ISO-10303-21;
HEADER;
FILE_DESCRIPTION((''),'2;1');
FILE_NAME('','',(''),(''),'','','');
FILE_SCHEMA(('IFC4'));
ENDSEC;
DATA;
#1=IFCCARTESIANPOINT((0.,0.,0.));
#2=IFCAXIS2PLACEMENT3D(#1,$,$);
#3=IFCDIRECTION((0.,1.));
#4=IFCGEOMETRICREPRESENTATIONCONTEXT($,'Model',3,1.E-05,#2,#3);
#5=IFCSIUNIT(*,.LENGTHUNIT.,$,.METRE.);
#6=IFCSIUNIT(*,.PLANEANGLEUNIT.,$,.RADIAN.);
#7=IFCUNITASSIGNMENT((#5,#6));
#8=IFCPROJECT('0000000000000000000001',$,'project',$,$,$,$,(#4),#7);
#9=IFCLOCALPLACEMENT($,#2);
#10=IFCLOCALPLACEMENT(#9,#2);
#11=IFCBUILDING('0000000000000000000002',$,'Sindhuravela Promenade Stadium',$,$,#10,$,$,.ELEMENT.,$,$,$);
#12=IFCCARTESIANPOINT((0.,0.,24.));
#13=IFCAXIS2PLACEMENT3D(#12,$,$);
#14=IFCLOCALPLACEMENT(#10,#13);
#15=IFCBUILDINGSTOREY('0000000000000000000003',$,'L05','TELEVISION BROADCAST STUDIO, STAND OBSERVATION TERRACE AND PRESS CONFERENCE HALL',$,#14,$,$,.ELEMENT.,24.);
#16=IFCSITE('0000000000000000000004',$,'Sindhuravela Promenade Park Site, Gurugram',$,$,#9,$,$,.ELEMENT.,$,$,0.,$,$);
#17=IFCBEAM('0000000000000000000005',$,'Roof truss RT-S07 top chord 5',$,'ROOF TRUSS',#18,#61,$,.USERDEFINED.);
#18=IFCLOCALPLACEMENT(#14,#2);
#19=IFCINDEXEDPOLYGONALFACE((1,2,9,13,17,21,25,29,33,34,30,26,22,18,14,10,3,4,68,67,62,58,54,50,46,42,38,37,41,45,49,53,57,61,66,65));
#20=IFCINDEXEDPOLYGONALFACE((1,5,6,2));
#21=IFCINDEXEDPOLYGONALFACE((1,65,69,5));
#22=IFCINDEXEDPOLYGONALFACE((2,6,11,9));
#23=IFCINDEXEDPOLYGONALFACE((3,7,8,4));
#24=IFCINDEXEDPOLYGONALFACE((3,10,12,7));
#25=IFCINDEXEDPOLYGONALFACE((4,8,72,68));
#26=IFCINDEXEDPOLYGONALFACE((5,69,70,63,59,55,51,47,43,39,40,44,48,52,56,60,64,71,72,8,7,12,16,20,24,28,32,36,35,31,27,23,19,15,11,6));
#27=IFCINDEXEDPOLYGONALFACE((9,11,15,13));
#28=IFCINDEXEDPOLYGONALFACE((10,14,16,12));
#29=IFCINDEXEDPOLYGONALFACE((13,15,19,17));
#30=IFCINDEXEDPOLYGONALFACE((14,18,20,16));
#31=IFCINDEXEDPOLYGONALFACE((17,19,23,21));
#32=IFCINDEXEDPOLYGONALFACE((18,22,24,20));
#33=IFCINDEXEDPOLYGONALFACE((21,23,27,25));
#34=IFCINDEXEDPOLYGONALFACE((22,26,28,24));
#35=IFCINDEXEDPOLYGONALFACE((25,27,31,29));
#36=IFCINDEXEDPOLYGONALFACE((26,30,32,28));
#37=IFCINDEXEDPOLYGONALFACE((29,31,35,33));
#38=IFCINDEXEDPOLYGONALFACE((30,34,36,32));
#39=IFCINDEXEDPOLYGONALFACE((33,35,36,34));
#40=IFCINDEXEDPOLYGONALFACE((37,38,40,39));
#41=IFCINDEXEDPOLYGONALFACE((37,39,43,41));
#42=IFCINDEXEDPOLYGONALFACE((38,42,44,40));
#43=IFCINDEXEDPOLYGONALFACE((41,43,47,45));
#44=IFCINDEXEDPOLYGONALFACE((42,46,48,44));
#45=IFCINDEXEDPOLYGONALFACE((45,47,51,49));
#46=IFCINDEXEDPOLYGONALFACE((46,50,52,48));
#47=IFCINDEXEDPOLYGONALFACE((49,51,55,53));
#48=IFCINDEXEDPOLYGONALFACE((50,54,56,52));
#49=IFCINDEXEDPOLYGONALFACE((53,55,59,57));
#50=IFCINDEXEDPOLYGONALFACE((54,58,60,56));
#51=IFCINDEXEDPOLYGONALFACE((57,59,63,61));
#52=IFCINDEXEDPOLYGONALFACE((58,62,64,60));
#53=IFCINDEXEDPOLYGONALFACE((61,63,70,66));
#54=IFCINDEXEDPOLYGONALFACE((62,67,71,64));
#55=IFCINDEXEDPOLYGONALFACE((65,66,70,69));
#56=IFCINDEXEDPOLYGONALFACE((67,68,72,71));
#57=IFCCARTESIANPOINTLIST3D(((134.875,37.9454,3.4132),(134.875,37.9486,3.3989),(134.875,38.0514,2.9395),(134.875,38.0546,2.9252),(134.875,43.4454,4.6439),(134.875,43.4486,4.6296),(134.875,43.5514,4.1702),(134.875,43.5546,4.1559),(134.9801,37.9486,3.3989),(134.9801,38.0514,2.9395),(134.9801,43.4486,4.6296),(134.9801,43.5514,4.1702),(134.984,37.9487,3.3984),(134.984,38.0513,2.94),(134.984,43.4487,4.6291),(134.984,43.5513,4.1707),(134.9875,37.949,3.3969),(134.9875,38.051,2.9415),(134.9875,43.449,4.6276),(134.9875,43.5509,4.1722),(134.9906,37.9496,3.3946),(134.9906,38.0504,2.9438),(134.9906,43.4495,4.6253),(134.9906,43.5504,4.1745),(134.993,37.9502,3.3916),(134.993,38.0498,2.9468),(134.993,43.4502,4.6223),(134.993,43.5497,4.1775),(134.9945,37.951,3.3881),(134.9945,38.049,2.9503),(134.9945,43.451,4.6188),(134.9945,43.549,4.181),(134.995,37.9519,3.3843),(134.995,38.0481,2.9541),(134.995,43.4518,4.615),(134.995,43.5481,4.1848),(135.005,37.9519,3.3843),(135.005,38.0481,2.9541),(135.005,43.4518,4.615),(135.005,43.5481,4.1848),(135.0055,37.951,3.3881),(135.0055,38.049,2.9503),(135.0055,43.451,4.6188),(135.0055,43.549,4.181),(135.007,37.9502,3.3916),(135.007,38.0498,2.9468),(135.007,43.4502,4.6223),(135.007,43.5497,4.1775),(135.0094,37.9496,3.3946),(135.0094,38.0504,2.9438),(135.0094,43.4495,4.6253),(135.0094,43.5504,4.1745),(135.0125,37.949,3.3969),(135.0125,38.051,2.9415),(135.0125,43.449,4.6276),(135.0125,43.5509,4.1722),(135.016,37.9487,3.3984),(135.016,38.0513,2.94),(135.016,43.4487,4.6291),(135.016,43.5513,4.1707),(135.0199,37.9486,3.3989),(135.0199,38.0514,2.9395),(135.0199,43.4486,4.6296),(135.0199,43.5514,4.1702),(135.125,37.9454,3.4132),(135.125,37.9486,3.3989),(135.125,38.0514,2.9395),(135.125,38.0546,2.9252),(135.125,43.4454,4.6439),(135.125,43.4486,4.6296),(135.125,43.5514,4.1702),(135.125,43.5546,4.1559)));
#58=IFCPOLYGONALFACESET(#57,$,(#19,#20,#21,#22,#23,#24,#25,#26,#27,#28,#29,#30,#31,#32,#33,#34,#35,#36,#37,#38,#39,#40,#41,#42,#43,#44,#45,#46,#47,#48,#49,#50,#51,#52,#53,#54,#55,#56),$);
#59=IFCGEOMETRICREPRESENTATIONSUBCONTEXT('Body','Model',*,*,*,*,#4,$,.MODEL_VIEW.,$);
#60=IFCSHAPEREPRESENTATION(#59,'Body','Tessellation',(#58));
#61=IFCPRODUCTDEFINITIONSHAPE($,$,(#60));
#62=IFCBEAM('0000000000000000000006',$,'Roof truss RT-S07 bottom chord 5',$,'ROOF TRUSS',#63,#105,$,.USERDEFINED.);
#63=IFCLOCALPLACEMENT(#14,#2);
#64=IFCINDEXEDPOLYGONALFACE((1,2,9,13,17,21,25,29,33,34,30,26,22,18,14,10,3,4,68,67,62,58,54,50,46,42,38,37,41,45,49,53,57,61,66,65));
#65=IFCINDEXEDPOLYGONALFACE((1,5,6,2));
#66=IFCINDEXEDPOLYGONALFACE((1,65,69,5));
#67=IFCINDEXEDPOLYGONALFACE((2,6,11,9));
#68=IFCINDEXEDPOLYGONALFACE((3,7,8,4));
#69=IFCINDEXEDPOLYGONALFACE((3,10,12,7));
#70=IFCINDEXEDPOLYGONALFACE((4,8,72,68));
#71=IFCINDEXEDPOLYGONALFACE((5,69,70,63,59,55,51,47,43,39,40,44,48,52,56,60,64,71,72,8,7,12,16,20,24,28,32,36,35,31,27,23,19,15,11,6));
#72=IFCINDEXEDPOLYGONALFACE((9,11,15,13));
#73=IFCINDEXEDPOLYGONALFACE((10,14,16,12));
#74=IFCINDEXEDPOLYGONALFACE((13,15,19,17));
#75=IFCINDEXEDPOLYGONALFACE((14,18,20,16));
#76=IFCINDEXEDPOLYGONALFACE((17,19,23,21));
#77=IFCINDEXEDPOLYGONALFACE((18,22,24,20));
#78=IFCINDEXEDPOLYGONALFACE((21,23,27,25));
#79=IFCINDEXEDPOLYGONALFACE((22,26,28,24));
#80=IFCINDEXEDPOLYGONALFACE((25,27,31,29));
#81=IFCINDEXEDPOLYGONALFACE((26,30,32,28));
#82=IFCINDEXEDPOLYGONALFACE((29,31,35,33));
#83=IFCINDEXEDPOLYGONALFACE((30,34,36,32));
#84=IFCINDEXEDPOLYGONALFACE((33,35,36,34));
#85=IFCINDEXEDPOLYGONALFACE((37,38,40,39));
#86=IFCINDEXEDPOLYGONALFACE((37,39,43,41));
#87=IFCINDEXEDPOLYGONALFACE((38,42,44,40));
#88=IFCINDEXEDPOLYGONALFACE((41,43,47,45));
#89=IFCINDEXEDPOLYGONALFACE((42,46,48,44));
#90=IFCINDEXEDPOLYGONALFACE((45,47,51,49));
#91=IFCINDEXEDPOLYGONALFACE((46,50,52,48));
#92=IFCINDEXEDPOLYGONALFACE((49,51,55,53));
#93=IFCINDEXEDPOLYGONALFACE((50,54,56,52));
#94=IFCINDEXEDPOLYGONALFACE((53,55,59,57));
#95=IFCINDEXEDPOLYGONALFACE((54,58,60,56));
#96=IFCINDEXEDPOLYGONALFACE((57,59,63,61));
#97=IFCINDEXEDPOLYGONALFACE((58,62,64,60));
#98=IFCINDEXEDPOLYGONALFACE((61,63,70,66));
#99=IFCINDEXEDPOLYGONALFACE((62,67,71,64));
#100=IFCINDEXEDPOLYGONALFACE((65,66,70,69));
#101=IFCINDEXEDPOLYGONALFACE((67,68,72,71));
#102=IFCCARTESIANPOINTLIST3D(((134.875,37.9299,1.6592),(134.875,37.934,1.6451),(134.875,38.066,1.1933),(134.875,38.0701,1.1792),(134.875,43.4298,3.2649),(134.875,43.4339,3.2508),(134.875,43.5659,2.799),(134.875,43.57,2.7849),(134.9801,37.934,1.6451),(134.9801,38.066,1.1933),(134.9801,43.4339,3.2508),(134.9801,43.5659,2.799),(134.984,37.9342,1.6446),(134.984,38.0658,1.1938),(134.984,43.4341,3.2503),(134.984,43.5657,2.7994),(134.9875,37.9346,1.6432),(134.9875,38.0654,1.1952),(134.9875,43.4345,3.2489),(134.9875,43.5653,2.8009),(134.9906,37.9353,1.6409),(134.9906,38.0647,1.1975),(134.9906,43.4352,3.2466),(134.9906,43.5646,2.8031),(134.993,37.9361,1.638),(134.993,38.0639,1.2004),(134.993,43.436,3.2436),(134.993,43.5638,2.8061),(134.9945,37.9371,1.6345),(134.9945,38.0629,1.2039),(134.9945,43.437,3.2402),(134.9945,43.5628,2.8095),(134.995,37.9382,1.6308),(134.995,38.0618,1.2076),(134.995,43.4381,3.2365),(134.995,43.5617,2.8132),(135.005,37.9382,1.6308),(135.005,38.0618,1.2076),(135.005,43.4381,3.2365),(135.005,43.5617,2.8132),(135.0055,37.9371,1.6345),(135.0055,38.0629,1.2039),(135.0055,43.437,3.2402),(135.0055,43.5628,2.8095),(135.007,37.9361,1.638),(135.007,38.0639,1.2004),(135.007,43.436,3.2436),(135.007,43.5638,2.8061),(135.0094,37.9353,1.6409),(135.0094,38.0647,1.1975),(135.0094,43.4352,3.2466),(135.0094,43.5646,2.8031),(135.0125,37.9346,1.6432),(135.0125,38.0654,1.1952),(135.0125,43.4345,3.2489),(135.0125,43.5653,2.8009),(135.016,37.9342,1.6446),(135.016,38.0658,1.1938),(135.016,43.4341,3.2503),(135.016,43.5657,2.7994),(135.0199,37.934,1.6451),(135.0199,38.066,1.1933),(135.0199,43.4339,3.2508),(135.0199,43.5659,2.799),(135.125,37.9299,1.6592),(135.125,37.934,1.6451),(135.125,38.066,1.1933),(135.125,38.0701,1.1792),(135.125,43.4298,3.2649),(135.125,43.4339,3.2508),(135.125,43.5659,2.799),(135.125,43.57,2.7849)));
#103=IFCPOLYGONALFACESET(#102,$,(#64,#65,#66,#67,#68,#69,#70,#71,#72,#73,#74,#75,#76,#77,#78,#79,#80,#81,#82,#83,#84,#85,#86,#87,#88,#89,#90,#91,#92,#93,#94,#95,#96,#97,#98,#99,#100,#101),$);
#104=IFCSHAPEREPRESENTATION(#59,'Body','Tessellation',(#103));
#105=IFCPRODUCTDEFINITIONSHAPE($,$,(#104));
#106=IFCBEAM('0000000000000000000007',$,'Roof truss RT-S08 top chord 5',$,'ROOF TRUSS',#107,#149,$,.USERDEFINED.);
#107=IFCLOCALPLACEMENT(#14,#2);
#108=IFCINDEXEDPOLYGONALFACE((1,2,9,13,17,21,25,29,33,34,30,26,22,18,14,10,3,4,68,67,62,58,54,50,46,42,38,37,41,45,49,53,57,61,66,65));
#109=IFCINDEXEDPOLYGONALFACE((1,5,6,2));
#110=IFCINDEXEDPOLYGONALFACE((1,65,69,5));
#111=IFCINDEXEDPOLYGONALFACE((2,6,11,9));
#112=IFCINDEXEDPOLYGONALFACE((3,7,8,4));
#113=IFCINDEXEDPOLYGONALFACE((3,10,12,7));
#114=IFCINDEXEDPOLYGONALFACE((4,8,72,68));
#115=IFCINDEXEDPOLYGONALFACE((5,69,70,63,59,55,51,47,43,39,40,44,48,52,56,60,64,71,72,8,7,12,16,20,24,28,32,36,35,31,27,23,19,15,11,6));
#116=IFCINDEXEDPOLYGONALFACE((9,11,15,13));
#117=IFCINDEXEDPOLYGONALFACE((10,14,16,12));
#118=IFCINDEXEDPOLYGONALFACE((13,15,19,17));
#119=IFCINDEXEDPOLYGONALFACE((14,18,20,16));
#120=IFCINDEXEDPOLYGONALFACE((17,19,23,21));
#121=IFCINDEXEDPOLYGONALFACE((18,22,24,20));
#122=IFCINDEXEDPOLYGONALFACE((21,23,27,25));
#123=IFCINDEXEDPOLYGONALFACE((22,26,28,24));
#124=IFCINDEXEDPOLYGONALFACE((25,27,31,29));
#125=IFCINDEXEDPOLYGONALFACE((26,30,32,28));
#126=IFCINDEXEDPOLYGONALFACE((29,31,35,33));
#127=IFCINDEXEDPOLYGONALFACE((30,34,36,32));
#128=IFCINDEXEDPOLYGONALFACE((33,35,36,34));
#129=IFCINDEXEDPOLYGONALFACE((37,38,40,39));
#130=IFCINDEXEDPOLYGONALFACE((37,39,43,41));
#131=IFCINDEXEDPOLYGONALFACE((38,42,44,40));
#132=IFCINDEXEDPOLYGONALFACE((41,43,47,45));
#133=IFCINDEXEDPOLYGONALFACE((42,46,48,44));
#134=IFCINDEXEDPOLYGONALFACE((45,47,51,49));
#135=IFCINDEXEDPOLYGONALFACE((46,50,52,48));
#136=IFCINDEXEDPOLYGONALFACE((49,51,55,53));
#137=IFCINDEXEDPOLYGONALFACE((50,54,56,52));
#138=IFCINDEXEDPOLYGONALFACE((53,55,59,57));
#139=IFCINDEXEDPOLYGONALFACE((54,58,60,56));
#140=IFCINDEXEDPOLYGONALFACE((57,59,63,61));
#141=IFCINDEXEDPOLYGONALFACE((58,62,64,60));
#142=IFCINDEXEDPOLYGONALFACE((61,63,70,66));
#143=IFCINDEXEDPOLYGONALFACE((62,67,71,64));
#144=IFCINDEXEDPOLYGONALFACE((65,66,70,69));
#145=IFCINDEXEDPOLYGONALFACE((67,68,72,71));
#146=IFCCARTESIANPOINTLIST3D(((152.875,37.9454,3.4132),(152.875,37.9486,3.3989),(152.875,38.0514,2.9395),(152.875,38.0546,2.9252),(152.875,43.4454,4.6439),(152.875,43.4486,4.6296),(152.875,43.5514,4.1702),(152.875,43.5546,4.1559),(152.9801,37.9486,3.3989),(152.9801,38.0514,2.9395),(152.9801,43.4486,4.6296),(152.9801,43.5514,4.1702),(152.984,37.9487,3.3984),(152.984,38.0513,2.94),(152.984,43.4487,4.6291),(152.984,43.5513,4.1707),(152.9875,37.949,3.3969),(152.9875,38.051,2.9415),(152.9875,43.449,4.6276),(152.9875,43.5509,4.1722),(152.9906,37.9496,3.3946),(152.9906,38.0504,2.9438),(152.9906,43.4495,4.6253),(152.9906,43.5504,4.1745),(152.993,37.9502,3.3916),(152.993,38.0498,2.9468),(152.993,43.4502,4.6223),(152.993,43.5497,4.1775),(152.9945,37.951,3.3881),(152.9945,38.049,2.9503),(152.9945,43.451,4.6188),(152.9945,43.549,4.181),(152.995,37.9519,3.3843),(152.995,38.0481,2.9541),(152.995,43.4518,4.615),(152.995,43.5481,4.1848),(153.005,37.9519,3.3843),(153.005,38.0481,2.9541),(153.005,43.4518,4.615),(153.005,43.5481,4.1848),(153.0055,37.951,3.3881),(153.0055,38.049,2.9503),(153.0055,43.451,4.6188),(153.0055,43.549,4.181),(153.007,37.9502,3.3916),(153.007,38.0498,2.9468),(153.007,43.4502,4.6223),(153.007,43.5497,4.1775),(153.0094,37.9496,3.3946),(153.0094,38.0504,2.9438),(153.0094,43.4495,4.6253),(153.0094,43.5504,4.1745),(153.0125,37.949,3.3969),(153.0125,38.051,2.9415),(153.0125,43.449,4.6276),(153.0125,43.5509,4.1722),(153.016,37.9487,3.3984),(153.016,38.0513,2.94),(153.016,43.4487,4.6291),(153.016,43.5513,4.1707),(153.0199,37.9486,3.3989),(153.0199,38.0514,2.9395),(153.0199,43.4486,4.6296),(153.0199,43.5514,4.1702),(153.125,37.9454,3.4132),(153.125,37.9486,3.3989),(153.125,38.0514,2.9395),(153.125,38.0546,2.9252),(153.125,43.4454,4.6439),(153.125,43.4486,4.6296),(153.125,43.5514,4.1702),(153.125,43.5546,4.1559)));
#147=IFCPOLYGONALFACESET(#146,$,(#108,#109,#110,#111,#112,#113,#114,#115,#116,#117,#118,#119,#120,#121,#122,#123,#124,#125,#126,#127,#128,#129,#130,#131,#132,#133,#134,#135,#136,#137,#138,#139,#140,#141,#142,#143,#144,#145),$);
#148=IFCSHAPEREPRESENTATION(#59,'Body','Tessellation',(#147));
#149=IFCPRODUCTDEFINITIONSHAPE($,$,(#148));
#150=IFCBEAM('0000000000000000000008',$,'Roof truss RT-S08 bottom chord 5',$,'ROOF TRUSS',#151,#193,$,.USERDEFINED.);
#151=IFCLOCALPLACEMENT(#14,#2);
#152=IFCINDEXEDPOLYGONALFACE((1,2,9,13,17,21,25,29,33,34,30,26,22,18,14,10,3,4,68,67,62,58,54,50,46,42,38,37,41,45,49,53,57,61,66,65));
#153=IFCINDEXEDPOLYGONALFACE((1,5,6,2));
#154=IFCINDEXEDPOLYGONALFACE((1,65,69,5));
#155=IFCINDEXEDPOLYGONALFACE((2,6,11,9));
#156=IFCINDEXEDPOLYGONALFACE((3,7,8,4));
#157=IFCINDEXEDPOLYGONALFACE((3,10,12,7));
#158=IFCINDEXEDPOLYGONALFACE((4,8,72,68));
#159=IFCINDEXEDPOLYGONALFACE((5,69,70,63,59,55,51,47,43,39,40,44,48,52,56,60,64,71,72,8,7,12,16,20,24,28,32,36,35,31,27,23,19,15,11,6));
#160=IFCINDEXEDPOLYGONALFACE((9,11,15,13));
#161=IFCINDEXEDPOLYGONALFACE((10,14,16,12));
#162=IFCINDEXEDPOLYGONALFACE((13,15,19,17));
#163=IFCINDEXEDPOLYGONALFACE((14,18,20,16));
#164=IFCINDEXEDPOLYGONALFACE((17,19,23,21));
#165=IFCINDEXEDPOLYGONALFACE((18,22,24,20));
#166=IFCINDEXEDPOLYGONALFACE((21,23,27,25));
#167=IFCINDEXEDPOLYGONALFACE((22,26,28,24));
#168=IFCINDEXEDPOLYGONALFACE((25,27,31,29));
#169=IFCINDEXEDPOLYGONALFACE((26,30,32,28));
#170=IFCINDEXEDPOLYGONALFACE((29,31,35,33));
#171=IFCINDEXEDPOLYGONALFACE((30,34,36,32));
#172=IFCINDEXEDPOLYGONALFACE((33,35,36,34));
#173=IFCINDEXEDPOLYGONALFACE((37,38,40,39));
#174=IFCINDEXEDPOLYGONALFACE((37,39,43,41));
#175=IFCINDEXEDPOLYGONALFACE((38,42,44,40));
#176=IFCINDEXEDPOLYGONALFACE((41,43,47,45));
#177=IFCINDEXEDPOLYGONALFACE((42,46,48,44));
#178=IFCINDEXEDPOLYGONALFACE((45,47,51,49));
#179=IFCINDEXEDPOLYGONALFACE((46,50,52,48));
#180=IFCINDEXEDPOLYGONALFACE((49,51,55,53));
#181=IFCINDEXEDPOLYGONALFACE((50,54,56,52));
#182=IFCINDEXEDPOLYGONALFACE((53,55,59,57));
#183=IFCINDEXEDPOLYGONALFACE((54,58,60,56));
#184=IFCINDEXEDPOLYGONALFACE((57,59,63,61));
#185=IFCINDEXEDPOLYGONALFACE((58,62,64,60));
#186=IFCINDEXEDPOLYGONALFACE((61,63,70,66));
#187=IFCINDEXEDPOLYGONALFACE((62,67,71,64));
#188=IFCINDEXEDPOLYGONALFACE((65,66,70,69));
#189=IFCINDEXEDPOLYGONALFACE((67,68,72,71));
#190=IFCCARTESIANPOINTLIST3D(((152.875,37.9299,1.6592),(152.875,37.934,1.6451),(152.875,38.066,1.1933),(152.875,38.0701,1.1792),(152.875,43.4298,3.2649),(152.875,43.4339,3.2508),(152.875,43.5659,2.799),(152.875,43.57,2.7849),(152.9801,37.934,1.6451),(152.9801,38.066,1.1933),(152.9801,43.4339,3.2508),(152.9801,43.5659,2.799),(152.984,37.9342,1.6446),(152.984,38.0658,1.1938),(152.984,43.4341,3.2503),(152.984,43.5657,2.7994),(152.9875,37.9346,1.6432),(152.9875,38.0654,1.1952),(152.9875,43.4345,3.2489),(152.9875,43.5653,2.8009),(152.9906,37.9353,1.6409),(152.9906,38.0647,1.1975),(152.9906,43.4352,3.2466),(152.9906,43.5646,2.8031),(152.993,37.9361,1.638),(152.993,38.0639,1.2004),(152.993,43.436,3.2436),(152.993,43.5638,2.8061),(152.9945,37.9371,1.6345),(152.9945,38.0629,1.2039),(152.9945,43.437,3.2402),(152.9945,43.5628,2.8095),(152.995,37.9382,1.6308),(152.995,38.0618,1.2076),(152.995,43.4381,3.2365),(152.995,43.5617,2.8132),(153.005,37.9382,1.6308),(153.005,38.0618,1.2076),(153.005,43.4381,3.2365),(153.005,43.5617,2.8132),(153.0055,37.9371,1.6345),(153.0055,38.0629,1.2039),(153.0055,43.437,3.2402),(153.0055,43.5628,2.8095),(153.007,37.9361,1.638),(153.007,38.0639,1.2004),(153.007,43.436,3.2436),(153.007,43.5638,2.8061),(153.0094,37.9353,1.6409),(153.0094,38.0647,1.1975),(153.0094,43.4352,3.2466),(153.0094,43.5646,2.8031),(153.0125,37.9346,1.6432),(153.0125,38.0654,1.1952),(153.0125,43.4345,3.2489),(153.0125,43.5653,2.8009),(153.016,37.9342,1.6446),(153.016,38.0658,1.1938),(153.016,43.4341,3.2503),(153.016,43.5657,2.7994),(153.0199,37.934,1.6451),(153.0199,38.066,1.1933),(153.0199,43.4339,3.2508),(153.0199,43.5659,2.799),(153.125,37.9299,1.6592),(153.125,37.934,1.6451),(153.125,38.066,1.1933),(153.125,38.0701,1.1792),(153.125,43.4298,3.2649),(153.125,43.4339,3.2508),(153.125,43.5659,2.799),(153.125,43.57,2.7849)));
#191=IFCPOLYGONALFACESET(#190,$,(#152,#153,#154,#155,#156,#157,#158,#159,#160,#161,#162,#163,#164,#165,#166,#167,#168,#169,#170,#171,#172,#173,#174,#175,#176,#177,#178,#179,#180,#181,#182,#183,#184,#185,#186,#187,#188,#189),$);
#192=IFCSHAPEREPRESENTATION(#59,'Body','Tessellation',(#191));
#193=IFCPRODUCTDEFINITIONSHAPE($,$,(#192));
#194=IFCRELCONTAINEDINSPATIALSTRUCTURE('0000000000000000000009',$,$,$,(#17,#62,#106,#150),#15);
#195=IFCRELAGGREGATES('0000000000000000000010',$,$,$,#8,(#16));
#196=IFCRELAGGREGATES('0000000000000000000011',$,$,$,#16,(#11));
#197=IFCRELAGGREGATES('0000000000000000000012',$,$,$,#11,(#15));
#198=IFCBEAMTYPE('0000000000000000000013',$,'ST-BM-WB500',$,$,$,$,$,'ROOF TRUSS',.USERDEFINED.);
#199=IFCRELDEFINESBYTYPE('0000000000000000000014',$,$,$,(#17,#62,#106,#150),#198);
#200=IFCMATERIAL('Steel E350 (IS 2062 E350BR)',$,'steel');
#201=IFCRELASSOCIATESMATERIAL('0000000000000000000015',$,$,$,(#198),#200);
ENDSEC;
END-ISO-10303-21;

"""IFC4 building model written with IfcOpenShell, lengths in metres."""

from ifc_helpers import new_model, si_unit, direction, frame, origin, origin_2d, place, context, subcontext, project, spatial, i_section, extrude, material, material_profile, profile_set, type_object, element, save


model = new_model("IFC4")

# Units and contexts
model_context = context("Model", 3, precision=1e-05, world=origin(), true_north=direction((0.0, 1.0)))
body_context = subcontext(model_context, "Body", "Model", "MODEL_VIEW")
ifc_project = project(units=[si_unit("LENGTHUNIT", "METRE"), si_unit("PLANEANGLEUNIT", "RADIAN")], contexts=[model_context])

# Site, building, storey
site_placement = place(None, origin())
site = spatial("IfcSite", under=ifc_project, at=site_placement, Name="Sindhuravela Promenade Park Site, Gurugram", CompositionType="ELEMENT", RefElevation=0.0)
building_placement = place(site_placement, origin())
building = spatial("IfcBuilding", under=site, at=building_placement, Name="Sindhuravela Promenade Stadium", CompositionType="ELEMENT")
storey_placement = place(building_placement, frame((0.0, 0.0, 24.0)))
storey = spatial("IfcBuildingStorey", under=building, at=storey_placement, Name="L05", Description="TELEVISION BROADCAST STUDIO, STAND OBSERVATION TERRACE AND PRESS CONFERENCE HALL", CompositionType="ELEMENT", Elevation=24.0)

# Beams
ifc_material_1 = material(Name="Steel E350 (IS 2062 E350BR)", Category="steel")
ifc_material_profile_1 = material_profile(ifc_material_1, i_section(OverallWidth=0.25, OverallDepth=0.5, WebThickness=0.01, FlangeThickness=0.0146, FilletRadius=0.0149, at=origin_2d()), Name="ISWB 500")
ifc_profile_set_1 = profile_set([ifc_material_profile_1], Name="Steel E350 (IS 2062 E350BR)")
beam_type = type_object("IfcBeamType", Name="ST-BM-WB500", ElementType="ROOF TRUSS", PredefinedType="USERDEFINED", material=ifc_profile_set_1)
beam_1_placement = place(storey_placement, frame((135.0, 38.0, 3.1692), z_axis=(0.0, 0.975867, 0.218366), x_axis=(-1.0, 0.0, 0.0)))
element("IfcBeam", 1, at=beam_1_placement, inside=storey, type_object=beam_type, Name="Roof truss RT-S07 top chord 5", ObjectType="ROOF TRUSS", PredefinedType="USERDEFINED", context=body_context, shape_type="SweptSolid", body=[
    extrude(i_section(OverallWidth=0.25, OverallDepth=0.5, WebThickness=0.01, FlangeThickness=0.0146, FilletRadius=0.0149, at=origin_2d()), origin(), (0.0, 0.0, 1.0), 5.636),
])
beam_2_placement = place(storey_placement, frame((135.0, 38.0, 1.4192), z_axis=(0.0, 0.959927, 0.280249), x_axis=(-1.0, 0.0, 0.0)))
element("IfcBeam", 2, at=beam_2_placement, inside=storey, type_object=beam_type, Name="Roof truss RT-S07 bottom chord 5", ObjectType="ROOF TRUSS", PredefinedType="USERDEFINED", context=body_context, shape_type="SweptSolid", body=[
    extrude(i_section(OverallWidth=0.25, OverallDepth=0.5, WebThickness=0.01, FlangeThickness=0.0146, FilletRadius=0.0149, at=origin_2d()), origin(), (0.0, 0.0, 1.0), 5.7295),
])
beam_3_placement = place(storey_placement, frame((153.0, 38.0, 3.1692), z_axis=(0.0, 0.975867, 0.218366), x_axis=(-1.0, 0.0, 0.0)))
element("IfcBeam", 3, at=beam_3_placement, inside=storey, type_object=beam_type, Name="Roof truss RT-S08 top chord 5", ObjectType="ROOF TRUSS", PredefinedType="USERDEFINED", context=body_context, shape_type="SweptSolid", body=[
    extrude(i_section(OverallWidth=0.25, OverallDepth=0.5, WebThickness=0.01, FlangeThickness=0.0146, FilletRadius=0.0149, at=origin_2d()), origin(), (0.0, 0.0, 1.0), 5.636),
])
beam_4_placement = place(storey_placement, frame((153.0, 38.0, 1.4192), z_axis=(0.0, 0.959927, 0.280249), x_axis=(-1.0, 0.0, 0.0)))
element("IfcBeam", 4, at=beam_4_placement, inside=storey, type_object=beam_type, Name="Roof truss RT-S08 bottom chord 5", ObjectType="ROOF TRUSS", PredefinedType="USERDEFINED", context=body_context, shape_type="SweptSolid", body=[
    extrude(i_section(OverallWidth=0.25, OverallDepth=0.5, WebThickness=0.01, FlangeThickness=0.0146, FilletRadius=0.0149, at=origin_2d()), origin(), (0.0, 0.0, 1.0), 5.7295),
])

save(model, "model.ifc")
